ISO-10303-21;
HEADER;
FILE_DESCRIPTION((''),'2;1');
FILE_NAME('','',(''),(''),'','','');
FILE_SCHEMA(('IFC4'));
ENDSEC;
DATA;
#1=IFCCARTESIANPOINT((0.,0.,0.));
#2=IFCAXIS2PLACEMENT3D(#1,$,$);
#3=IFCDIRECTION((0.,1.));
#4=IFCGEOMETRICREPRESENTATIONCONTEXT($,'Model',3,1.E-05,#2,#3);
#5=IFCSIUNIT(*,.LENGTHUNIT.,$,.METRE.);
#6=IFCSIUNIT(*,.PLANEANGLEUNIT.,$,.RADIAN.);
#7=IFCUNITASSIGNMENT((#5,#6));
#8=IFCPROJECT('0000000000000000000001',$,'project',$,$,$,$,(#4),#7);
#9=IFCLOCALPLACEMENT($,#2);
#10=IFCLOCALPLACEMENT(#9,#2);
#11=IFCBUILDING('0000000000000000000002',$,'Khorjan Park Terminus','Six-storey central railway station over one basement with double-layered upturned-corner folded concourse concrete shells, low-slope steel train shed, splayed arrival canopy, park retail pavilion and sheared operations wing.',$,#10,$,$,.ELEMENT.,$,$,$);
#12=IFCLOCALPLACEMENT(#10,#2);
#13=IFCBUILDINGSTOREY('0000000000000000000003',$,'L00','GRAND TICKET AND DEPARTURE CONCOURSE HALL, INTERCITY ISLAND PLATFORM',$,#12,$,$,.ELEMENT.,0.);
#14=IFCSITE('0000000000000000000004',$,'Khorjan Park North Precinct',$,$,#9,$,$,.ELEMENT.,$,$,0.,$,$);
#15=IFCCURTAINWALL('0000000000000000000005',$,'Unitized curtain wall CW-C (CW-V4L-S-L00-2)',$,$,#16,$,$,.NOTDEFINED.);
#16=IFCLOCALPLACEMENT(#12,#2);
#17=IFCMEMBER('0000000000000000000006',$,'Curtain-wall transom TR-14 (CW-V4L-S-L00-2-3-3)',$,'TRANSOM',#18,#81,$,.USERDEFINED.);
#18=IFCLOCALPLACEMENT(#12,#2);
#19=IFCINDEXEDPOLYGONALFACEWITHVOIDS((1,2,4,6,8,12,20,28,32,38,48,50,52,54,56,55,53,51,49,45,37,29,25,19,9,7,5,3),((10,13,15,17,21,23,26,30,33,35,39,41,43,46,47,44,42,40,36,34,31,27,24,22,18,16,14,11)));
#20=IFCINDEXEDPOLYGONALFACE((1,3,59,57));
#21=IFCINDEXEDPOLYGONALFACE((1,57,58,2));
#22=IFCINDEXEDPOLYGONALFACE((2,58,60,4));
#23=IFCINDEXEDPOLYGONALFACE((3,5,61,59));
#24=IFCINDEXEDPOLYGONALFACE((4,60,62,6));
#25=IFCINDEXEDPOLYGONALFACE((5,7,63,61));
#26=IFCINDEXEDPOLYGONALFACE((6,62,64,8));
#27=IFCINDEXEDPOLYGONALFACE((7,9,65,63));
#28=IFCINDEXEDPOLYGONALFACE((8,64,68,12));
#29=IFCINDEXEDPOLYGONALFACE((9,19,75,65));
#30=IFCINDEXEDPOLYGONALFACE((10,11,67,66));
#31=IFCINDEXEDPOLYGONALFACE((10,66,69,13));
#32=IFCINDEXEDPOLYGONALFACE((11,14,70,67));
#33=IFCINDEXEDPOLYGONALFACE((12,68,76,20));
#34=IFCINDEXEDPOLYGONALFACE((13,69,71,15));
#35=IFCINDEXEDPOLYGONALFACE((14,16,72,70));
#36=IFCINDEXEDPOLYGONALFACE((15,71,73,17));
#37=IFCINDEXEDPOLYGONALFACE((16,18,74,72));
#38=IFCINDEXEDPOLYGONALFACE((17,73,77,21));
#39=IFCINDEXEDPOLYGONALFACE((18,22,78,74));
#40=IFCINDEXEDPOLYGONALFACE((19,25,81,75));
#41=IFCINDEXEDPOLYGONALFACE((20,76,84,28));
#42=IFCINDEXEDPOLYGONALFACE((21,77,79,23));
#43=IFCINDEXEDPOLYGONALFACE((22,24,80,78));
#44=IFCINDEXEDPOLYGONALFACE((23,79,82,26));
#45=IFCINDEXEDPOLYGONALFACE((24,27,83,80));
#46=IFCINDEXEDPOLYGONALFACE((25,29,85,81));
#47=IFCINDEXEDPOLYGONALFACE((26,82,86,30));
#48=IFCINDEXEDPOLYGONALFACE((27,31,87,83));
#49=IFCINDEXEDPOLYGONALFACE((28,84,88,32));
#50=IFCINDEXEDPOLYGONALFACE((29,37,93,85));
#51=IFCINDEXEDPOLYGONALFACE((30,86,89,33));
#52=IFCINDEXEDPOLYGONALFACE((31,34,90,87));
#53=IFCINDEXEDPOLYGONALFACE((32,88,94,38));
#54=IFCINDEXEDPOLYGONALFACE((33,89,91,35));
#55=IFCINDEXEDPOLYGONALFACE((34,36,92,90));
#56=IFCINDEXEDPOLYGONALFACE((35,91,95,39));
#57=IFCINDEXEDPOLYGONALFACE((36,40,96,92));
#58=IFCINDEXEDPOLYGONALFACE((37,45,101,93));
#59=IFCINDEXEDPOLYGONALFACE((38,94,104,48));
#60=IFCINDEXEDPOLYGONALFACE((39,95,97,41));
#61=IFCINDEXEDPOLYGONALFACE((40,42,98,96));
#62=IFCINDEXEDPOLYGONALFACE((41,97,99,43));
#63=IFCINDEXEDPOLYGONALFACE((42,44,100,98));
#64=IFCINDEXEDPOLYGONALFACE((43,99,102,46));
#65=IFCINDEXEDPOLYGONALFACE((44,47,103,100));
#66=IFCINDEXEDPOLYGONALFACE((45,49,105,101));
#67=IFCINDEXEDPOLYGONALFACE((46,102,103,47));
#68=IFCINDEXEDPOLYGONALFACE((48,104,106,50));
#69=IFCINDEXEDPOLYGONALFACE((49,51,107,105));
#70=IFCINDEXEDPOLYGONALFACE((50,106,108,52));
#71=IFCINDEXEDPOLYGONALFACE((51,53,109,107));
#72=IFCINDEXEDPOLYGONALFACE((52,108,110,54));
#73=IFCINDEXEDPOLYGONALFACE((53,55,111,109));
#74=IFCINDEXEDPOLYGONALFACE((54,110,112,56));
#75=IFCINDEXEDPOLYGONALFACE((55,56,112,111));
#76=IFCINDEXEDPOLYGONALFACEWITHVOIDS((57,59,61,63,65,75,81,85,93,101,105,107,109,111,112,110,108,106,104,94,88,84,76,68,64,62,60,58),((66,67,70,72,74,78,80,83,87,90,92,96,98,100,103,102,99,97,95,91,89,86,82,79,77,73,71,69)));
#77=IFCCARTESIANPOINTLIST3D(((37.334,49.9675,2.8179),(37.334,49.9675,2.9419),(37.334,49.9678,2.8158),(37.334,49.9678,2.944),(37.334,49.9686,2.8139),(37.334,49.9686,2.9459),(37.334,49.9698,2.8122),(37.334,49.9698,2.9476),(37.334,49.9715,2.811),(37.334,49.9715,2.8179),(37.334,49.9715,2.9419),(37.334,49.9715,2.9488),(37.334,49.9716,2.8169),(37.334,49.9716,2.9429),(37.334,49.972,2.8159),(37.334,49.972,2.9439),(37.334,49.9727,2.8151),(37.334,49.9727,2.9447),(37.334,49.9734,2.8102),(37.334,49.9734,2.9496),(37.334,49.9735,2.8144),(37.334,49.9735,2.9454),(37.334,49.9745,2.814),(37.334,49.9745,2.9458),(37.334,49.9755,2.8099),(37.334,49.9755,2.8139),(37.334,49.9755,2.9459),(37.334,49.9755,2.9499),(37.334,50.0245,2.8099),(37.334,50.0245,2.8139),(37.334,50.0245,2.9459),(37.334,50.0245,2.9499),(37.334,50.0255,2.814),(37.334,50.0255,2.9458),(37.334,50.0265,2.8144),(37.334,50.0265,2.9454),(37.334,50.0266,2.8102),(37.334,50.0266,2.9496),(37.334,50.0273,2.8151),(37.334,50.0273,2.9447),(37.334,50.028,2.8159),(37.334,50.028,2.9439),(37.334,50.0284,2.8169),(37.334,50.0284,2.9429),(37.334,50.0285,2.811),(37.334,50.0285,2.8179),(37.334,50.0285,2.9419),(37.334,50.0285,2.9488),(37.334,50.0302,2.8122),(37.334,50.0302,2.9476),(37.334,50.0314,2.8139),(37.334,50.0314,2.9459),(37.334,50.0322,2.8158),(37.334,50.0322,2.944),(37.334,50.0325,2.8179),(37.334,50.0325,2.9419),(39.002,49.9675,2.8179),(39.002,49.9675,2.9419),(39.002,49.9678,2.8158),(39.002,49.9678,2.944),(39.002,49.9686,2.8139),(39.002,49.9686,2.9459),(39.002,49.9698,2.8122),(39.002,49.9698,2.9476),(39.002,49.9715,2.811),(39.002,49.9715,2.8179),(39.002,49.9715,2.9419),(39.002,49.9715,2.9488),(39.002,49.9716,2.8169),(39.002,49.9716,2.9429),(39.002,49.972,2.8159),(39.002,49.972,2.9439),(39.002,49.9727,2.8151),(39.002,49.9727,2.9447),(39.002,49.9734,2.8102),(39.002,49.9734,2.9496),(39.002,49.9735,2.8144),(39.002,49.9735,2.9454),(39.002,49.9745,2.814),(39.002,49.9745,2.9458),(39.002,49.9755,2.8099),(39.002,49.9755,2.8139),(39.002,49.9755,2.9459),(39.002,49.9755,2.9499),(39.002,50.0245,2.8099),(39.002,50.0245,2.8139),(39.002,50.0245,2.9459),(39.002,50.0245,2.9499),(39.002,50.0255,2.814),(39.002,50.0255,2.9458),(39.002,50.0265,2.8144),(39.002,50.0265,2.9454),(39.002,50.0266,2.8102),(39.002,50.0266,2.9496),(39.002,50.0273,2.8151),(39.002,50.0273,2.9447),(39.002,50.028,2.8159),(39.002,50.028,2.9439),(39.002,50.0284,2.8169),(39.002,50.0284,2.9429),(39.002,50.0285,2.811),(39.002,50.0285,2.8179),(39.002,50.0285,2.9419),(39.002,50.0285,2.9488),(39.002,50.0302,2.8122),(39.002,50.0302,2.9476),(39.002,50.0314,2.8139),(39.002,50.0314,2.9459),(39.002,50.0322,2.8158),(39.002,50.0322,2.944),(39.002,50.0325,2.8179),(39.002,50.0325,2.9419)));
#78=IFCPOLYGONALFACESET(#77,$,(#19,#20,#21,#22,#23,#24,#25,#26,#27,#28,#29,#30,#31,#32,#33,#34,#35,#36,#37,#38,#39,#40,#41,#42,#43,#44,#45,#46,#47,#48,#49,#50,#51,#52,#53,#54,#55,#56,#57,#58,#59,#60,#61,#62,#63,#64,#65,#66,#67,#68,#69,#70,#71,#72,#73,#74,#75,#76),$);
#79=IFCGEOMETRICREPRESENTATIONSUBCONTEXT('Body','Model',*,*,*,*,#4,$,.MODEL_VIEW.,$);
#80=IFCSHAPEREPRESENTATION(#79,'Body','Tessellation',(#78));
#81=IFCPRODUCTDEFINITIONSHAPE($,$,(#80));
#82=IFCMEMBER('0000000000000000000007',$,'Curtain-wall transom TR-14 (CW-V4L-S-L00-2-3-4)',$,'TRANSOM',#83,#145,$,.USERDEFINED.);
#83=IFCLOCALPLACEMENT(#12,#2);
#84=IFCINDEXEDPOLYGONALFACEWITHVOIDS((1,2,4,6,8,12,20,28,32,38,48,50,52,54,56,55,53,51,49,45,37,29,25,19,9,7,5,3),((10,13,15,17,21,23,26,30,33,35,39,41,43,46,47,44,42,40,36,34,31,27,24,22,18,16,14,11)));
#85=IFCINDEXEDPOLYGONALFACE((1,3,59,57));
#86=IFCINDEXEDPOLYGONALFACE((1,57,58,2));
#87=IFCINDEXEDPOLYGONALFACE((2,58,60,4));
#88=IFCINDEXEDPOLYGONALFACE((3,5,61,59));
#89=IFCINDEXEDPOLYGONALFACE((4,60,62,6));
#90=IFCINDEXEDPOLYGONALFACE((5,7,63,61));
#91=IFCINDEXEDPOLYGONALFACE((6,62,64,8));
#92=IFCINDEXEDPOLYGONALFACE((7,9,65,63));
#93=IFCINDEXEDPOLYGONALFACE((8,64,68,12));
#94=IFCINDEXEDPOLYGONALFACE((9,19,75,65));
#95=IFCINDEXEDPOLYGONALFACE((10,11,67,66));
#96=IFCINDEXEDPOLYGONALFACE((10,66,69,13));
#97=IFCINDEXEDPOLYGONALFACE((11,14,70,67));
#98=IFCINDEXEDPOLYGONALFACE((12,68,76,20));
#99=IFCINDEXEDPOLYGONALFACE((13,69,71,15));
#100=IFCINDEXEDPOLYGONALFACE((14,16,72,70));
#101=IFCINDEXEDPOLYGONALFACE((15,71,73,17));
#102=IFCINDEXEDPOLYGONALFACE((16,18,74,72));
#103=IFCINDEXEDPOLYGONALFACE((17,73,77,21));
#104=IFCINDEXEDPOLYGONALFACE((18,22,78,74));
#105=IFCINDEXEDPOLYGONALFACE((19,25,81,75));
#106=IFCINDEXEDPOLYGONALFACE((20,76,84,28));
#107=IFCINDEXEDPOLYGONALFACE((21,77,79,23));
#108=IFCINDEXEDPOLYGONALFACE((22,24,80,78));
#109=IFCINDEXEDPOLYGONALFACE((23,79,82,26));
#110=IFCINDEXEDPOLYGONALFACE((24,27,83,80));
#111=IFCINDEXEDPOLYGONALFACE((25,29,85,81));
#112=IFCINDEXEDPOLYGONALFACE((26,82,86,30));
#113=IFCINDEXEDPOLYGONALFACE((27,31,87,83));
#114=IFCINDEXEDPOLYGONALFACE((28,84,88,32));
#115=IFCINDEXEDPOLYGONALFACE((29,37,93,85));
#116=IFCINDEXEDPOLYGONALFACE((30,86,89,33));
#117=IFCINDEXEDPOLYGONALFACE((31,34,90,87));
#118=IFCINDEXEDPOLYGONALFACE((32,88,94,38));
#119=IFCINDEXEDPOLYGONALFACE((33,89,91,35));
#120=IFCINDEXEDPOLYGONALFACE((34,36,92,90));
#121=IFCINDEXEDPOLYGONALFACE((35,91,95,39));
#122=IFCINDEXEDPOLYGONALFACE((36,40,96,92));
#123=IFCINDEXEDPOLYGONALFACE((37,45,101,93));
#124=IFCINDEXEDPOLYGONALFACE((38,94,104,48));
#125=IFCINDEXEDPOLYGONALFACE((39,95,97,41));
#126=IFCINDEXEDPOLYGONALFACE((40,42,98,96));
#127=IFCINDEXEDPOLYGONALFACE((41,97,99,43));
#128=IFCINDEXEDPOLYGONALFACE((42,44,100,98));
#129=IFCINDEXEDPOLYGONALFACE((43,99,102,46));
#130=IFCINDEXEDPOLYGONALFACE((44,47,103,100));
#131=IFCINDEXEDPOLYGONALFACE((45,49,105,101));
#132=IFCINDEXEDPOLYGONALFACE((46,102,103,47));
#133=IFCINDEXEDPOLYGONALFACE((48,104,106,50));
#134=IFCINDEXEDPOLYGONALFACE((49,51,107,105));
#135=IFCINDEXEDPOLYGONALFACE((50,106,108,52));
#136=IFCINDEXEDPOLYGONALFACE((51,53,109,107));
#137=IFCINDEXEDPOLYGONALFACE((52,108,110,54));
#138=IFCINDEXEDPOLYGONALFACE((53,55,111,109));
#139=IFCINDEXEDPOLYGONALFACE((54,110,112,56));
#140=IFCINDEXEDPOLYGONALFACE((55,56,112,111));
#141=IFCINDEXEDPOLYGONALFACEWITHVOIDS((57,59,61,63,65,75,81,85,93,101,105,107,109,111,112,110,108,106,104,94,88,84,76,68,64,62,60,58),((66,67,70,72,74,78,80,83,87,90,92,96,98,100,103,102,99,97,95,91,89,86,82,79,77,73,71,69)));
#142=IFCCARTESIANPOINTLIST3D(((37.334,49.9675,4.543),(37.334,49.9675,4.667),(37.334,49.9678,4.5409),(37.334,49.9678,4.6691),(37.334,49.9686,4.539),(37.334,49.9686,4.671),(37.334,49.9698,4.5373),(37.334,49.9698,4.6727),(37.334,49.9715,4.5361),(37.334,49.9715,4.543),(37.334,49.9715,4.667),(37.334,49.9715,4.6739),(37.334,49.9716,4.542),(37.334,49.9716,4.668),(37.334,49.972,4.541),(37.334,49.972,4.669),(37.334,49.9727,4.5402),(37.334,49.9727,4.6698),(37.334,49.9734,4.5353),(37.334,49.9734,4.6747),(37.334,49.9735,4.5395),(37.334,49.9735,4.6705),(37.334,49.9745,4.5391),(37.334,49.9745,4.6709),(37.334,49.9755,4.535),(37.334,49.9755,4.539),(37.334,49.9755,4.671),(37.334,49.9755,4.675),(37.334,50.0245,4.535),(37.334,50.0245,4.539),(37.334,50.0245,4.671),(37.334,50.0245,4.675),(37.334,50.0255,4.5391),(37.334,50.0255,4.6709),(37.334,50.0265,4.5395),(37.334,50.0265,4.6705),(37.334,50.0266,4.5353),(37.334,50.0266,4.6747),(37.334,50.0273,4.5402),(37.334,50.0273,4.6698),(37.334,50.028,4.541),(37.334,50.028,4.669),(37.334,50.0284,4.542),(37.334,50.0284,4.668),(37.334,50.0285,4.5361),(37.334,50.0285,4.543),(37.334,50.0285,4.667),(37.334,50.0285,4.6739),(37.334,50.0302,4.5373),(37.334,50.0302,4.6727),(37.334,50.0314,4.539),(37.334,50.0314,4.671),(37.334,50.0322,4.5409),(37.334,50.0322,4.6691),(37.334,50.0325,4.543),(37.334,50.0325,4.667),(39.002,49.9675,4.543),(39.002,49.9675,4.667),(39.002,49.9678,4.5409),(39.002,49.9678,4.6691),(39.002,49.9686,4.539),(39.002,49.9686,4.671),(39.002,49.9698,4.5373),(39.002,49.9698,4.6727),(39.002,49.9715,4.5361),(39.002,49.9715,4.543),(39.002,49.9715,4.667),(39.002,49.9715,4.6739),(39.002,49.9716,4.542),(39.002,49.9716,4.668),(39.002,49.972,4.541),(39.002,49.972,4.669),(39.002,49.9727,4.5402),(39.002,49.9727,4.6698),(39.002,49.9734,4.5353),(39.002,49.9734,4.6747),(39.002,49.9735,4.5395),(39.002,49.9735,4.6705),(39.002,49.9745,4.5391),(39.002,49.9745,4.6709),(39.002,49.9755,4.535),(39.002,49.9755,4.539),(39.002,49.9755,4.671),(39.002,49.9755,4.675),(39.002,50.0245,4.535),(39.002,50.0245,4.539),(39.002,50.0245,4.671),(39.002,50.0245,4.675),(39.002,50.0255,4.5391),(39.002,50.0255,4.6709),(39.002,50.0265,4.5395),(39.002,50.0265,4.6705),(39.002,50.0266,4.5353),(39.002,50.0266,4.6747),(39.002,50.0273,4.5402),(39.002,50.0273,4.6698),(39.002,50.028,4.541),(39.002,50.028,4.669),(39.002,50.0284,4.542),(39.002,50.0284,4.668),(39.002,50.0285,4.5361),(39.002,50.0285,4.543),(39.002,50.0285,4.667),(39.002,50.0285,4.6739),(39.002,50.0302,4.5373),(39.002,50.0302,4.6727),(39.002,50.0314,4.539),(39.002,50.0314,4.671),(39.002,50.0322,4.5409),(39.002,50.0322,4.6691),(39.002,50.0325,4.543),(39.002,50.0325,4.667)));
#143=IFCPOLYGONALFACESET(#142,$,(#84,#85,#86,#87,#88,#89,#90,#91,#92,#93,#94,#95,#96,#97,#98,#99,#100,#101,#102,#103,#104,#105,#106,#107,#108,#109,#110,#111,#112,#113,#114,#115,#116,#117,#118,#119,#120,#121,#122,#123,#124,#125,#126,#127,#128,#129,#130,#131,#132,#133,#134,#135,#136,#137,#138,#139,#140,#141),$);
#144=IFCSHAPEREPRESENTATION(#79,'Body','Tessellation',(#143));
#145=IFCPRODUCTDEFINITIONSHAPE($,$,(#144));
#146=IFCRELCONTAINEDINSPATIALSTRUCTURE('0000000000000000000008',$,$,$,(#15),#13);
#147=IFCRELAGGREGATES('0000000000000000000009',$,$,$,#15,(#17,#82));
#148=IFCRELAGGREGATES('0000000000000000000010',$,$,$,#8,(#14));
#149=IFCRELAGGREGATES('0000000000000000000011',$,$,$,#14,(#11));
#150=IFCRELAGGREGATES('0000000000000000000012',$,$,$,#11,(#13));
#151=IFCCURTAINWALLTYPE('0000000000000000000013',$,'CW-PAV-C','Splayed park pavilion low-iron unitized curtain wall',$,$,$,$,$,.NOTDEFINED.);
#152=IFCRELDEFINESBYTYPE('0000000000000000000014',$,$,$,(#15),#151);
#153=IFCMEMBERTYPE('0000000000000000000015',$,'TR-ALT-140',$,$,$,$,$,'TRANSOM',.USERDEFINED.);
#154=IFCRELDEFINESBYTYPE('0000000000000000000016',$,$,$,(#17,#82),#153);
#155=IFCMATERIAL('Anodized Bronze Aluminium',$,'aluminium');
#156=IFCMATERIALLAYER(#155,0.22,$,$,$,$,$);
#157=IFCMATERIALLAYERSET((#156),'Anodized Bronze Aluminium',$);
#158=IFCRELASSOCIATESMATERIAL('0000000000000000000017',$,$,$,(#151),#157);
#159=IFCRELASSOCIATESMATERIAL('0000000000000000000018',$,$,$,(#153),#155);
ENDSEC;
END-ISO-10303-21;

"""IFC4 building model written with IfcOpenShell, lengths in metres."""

from ifc_helpers import new_model, si_unit, direction, frame, origin, origin_2d, place, context, subcontext, project, spatial, hollow_rectangle, extrude, material, layer, layer_set, material_profile, profile_set, type_object, element, aggregate, save


model = new_model("IFC4")

# Units and contexts
model_context = context("Model", 3, precision=1e-05, world=origin(), true_north=direction((0.0, 1.0)))
body_context = subcontext(model_context, "Body", "Model", "MODEL_VIEW")
ifc_project = project(units=[si_unit("LENGTHUNIT", "METRE"), si_unit("PLANEANGLEUNIT", "RADIAN")], contexts=[model_context])

# Site, building, storey
site_placement = place(None, origin())
site = spatial("IfcSite", under=ifc_project, at=site_placement, Name="Khorjan Park North Precinct", CompositionType="ELEMENT", RefElevation=0.0)
building_placement = place(site_placement, origin())
building = spatial("IfcBuilding", under=site, at=building_placement, Name="Khorjan Park Terminus", Description="Six-storey central railway station over one basement with double-layered upturned-corner folded concourse concrete shells, low-slope steel train shed, splayed arrival canopy, park retail pavilion and sheared operations wing.", CompositionType="ELEMENT")
storey_placement = place(building_placement, origin())
storey = spatial("IfcBuildingStorey", under=building, at=storey_placement, Name="L00", Description="GRAND TICKET AND DEPARTURE CONCOURSE HALL, INTERCITY ISLAND PLATFORM", CompositionType="ELEMENT", Elevation=0.0)

# Curtain wall, members
ifc_material_1 = material(Name="Anodized Bronze Aluminium", Category="aluminium")
ifc_layer_1 = layer(ifc_material_1, 0.22)
ifc_layer_set_1 = layer_set([ifc_layer_1], Name="Anodized Bronze Aluminium")
curtain_wall_type = type_object("IfcCurtainWallType", Name="CW-PAV-C", Description="Splayed park pavilion low-iron unitized curtain wall", PredefinedType="NOTDEFINED", material=ifc_layer_set_1)
curtain_wall_placement = place(storey_placement, origin())
curtain_wall = element("IfcCurtainWall", 1, at=curtain_wall_placement, inside=storey, type_object=curtain_wall_type, Name="Unitized curtain wall CW-C (CW-V4L-S-L00-2)", PredefinedType="NOTDEFINED")
ifc_material_profile_1 = material_profile(ifc_material_1, hollow_rectangle(XDim=0.065, YDim=0.14, WallThickness=0.004, InnerFilletRadius=0.004, OuterFilletRadius=0.008, at=origin_2d()), Name="ALT 65x140x4")
ifc_profile_set_1 = profile_set([ifc_material_profile_1], Name="Anodized Bronze Aluminium")
member_type_1 = type_object("IfcMemberType", Name="TR-ALT-140", ElementType="TRANSOM", PredefinedType="USERDEFINED", material=ifc_profile_set_1)
member_1_placement = place(storey_placement, frame((37.334, 50.0, 2.8799), z_axis=(1.0, 0.0, 0.0), x_axis=(0.0, 1.0, 0.0)))
member_1 = element("IfcMember", 2, at=member_1_placement, type_object=member_type_1, Name="Curtain-wall transom TR-14 (CW-V4L-S-L00-2-3-3)", ObjectType="TRANSOM", PredefinedType="USERDEFINED", context=body_context, shape_type="SweptSolid", body=[
    extrude(hollow_rectangle(XDim=0.065, YDim=0.14, WallThickness=0.004, InnerFilletRadius=0.004, OuterFilletRadius=0.008, at=origin_2d()), origin(), (0.0, 0.0, 1.0), 1.668),
])
member_2_placement = place(storey_placement, frame((37.334, 50.0, 4.605), z_axis=(1.0, 0.0, 0.0), x_axis=(0.0, 1.0, 0.0)))
member_2 = element("IfcMember", 3, at=member_2_placement, type_object=member_type_1, Name="Curtain-wall transom TR-14 (CW-V4L-S-L00-2-3-4)", ObjectType="TRANSOM", PredefinedType="USERDEFINED", context=body_context, shape_type="SweptSolid", body=[
    extrude(hollow_rectangle(XDim=0.065, YDim=0.14, WallThickness=0.004, InnerFilletRadius=0.004, OuterFilletRadius=0.008, at=origin_2d()), origin(), (0.0, 0.0, 1.0), 1.668),
])
aggregate(curtain_wall, [member_1, member_2])

save(model, "model.ifc")
